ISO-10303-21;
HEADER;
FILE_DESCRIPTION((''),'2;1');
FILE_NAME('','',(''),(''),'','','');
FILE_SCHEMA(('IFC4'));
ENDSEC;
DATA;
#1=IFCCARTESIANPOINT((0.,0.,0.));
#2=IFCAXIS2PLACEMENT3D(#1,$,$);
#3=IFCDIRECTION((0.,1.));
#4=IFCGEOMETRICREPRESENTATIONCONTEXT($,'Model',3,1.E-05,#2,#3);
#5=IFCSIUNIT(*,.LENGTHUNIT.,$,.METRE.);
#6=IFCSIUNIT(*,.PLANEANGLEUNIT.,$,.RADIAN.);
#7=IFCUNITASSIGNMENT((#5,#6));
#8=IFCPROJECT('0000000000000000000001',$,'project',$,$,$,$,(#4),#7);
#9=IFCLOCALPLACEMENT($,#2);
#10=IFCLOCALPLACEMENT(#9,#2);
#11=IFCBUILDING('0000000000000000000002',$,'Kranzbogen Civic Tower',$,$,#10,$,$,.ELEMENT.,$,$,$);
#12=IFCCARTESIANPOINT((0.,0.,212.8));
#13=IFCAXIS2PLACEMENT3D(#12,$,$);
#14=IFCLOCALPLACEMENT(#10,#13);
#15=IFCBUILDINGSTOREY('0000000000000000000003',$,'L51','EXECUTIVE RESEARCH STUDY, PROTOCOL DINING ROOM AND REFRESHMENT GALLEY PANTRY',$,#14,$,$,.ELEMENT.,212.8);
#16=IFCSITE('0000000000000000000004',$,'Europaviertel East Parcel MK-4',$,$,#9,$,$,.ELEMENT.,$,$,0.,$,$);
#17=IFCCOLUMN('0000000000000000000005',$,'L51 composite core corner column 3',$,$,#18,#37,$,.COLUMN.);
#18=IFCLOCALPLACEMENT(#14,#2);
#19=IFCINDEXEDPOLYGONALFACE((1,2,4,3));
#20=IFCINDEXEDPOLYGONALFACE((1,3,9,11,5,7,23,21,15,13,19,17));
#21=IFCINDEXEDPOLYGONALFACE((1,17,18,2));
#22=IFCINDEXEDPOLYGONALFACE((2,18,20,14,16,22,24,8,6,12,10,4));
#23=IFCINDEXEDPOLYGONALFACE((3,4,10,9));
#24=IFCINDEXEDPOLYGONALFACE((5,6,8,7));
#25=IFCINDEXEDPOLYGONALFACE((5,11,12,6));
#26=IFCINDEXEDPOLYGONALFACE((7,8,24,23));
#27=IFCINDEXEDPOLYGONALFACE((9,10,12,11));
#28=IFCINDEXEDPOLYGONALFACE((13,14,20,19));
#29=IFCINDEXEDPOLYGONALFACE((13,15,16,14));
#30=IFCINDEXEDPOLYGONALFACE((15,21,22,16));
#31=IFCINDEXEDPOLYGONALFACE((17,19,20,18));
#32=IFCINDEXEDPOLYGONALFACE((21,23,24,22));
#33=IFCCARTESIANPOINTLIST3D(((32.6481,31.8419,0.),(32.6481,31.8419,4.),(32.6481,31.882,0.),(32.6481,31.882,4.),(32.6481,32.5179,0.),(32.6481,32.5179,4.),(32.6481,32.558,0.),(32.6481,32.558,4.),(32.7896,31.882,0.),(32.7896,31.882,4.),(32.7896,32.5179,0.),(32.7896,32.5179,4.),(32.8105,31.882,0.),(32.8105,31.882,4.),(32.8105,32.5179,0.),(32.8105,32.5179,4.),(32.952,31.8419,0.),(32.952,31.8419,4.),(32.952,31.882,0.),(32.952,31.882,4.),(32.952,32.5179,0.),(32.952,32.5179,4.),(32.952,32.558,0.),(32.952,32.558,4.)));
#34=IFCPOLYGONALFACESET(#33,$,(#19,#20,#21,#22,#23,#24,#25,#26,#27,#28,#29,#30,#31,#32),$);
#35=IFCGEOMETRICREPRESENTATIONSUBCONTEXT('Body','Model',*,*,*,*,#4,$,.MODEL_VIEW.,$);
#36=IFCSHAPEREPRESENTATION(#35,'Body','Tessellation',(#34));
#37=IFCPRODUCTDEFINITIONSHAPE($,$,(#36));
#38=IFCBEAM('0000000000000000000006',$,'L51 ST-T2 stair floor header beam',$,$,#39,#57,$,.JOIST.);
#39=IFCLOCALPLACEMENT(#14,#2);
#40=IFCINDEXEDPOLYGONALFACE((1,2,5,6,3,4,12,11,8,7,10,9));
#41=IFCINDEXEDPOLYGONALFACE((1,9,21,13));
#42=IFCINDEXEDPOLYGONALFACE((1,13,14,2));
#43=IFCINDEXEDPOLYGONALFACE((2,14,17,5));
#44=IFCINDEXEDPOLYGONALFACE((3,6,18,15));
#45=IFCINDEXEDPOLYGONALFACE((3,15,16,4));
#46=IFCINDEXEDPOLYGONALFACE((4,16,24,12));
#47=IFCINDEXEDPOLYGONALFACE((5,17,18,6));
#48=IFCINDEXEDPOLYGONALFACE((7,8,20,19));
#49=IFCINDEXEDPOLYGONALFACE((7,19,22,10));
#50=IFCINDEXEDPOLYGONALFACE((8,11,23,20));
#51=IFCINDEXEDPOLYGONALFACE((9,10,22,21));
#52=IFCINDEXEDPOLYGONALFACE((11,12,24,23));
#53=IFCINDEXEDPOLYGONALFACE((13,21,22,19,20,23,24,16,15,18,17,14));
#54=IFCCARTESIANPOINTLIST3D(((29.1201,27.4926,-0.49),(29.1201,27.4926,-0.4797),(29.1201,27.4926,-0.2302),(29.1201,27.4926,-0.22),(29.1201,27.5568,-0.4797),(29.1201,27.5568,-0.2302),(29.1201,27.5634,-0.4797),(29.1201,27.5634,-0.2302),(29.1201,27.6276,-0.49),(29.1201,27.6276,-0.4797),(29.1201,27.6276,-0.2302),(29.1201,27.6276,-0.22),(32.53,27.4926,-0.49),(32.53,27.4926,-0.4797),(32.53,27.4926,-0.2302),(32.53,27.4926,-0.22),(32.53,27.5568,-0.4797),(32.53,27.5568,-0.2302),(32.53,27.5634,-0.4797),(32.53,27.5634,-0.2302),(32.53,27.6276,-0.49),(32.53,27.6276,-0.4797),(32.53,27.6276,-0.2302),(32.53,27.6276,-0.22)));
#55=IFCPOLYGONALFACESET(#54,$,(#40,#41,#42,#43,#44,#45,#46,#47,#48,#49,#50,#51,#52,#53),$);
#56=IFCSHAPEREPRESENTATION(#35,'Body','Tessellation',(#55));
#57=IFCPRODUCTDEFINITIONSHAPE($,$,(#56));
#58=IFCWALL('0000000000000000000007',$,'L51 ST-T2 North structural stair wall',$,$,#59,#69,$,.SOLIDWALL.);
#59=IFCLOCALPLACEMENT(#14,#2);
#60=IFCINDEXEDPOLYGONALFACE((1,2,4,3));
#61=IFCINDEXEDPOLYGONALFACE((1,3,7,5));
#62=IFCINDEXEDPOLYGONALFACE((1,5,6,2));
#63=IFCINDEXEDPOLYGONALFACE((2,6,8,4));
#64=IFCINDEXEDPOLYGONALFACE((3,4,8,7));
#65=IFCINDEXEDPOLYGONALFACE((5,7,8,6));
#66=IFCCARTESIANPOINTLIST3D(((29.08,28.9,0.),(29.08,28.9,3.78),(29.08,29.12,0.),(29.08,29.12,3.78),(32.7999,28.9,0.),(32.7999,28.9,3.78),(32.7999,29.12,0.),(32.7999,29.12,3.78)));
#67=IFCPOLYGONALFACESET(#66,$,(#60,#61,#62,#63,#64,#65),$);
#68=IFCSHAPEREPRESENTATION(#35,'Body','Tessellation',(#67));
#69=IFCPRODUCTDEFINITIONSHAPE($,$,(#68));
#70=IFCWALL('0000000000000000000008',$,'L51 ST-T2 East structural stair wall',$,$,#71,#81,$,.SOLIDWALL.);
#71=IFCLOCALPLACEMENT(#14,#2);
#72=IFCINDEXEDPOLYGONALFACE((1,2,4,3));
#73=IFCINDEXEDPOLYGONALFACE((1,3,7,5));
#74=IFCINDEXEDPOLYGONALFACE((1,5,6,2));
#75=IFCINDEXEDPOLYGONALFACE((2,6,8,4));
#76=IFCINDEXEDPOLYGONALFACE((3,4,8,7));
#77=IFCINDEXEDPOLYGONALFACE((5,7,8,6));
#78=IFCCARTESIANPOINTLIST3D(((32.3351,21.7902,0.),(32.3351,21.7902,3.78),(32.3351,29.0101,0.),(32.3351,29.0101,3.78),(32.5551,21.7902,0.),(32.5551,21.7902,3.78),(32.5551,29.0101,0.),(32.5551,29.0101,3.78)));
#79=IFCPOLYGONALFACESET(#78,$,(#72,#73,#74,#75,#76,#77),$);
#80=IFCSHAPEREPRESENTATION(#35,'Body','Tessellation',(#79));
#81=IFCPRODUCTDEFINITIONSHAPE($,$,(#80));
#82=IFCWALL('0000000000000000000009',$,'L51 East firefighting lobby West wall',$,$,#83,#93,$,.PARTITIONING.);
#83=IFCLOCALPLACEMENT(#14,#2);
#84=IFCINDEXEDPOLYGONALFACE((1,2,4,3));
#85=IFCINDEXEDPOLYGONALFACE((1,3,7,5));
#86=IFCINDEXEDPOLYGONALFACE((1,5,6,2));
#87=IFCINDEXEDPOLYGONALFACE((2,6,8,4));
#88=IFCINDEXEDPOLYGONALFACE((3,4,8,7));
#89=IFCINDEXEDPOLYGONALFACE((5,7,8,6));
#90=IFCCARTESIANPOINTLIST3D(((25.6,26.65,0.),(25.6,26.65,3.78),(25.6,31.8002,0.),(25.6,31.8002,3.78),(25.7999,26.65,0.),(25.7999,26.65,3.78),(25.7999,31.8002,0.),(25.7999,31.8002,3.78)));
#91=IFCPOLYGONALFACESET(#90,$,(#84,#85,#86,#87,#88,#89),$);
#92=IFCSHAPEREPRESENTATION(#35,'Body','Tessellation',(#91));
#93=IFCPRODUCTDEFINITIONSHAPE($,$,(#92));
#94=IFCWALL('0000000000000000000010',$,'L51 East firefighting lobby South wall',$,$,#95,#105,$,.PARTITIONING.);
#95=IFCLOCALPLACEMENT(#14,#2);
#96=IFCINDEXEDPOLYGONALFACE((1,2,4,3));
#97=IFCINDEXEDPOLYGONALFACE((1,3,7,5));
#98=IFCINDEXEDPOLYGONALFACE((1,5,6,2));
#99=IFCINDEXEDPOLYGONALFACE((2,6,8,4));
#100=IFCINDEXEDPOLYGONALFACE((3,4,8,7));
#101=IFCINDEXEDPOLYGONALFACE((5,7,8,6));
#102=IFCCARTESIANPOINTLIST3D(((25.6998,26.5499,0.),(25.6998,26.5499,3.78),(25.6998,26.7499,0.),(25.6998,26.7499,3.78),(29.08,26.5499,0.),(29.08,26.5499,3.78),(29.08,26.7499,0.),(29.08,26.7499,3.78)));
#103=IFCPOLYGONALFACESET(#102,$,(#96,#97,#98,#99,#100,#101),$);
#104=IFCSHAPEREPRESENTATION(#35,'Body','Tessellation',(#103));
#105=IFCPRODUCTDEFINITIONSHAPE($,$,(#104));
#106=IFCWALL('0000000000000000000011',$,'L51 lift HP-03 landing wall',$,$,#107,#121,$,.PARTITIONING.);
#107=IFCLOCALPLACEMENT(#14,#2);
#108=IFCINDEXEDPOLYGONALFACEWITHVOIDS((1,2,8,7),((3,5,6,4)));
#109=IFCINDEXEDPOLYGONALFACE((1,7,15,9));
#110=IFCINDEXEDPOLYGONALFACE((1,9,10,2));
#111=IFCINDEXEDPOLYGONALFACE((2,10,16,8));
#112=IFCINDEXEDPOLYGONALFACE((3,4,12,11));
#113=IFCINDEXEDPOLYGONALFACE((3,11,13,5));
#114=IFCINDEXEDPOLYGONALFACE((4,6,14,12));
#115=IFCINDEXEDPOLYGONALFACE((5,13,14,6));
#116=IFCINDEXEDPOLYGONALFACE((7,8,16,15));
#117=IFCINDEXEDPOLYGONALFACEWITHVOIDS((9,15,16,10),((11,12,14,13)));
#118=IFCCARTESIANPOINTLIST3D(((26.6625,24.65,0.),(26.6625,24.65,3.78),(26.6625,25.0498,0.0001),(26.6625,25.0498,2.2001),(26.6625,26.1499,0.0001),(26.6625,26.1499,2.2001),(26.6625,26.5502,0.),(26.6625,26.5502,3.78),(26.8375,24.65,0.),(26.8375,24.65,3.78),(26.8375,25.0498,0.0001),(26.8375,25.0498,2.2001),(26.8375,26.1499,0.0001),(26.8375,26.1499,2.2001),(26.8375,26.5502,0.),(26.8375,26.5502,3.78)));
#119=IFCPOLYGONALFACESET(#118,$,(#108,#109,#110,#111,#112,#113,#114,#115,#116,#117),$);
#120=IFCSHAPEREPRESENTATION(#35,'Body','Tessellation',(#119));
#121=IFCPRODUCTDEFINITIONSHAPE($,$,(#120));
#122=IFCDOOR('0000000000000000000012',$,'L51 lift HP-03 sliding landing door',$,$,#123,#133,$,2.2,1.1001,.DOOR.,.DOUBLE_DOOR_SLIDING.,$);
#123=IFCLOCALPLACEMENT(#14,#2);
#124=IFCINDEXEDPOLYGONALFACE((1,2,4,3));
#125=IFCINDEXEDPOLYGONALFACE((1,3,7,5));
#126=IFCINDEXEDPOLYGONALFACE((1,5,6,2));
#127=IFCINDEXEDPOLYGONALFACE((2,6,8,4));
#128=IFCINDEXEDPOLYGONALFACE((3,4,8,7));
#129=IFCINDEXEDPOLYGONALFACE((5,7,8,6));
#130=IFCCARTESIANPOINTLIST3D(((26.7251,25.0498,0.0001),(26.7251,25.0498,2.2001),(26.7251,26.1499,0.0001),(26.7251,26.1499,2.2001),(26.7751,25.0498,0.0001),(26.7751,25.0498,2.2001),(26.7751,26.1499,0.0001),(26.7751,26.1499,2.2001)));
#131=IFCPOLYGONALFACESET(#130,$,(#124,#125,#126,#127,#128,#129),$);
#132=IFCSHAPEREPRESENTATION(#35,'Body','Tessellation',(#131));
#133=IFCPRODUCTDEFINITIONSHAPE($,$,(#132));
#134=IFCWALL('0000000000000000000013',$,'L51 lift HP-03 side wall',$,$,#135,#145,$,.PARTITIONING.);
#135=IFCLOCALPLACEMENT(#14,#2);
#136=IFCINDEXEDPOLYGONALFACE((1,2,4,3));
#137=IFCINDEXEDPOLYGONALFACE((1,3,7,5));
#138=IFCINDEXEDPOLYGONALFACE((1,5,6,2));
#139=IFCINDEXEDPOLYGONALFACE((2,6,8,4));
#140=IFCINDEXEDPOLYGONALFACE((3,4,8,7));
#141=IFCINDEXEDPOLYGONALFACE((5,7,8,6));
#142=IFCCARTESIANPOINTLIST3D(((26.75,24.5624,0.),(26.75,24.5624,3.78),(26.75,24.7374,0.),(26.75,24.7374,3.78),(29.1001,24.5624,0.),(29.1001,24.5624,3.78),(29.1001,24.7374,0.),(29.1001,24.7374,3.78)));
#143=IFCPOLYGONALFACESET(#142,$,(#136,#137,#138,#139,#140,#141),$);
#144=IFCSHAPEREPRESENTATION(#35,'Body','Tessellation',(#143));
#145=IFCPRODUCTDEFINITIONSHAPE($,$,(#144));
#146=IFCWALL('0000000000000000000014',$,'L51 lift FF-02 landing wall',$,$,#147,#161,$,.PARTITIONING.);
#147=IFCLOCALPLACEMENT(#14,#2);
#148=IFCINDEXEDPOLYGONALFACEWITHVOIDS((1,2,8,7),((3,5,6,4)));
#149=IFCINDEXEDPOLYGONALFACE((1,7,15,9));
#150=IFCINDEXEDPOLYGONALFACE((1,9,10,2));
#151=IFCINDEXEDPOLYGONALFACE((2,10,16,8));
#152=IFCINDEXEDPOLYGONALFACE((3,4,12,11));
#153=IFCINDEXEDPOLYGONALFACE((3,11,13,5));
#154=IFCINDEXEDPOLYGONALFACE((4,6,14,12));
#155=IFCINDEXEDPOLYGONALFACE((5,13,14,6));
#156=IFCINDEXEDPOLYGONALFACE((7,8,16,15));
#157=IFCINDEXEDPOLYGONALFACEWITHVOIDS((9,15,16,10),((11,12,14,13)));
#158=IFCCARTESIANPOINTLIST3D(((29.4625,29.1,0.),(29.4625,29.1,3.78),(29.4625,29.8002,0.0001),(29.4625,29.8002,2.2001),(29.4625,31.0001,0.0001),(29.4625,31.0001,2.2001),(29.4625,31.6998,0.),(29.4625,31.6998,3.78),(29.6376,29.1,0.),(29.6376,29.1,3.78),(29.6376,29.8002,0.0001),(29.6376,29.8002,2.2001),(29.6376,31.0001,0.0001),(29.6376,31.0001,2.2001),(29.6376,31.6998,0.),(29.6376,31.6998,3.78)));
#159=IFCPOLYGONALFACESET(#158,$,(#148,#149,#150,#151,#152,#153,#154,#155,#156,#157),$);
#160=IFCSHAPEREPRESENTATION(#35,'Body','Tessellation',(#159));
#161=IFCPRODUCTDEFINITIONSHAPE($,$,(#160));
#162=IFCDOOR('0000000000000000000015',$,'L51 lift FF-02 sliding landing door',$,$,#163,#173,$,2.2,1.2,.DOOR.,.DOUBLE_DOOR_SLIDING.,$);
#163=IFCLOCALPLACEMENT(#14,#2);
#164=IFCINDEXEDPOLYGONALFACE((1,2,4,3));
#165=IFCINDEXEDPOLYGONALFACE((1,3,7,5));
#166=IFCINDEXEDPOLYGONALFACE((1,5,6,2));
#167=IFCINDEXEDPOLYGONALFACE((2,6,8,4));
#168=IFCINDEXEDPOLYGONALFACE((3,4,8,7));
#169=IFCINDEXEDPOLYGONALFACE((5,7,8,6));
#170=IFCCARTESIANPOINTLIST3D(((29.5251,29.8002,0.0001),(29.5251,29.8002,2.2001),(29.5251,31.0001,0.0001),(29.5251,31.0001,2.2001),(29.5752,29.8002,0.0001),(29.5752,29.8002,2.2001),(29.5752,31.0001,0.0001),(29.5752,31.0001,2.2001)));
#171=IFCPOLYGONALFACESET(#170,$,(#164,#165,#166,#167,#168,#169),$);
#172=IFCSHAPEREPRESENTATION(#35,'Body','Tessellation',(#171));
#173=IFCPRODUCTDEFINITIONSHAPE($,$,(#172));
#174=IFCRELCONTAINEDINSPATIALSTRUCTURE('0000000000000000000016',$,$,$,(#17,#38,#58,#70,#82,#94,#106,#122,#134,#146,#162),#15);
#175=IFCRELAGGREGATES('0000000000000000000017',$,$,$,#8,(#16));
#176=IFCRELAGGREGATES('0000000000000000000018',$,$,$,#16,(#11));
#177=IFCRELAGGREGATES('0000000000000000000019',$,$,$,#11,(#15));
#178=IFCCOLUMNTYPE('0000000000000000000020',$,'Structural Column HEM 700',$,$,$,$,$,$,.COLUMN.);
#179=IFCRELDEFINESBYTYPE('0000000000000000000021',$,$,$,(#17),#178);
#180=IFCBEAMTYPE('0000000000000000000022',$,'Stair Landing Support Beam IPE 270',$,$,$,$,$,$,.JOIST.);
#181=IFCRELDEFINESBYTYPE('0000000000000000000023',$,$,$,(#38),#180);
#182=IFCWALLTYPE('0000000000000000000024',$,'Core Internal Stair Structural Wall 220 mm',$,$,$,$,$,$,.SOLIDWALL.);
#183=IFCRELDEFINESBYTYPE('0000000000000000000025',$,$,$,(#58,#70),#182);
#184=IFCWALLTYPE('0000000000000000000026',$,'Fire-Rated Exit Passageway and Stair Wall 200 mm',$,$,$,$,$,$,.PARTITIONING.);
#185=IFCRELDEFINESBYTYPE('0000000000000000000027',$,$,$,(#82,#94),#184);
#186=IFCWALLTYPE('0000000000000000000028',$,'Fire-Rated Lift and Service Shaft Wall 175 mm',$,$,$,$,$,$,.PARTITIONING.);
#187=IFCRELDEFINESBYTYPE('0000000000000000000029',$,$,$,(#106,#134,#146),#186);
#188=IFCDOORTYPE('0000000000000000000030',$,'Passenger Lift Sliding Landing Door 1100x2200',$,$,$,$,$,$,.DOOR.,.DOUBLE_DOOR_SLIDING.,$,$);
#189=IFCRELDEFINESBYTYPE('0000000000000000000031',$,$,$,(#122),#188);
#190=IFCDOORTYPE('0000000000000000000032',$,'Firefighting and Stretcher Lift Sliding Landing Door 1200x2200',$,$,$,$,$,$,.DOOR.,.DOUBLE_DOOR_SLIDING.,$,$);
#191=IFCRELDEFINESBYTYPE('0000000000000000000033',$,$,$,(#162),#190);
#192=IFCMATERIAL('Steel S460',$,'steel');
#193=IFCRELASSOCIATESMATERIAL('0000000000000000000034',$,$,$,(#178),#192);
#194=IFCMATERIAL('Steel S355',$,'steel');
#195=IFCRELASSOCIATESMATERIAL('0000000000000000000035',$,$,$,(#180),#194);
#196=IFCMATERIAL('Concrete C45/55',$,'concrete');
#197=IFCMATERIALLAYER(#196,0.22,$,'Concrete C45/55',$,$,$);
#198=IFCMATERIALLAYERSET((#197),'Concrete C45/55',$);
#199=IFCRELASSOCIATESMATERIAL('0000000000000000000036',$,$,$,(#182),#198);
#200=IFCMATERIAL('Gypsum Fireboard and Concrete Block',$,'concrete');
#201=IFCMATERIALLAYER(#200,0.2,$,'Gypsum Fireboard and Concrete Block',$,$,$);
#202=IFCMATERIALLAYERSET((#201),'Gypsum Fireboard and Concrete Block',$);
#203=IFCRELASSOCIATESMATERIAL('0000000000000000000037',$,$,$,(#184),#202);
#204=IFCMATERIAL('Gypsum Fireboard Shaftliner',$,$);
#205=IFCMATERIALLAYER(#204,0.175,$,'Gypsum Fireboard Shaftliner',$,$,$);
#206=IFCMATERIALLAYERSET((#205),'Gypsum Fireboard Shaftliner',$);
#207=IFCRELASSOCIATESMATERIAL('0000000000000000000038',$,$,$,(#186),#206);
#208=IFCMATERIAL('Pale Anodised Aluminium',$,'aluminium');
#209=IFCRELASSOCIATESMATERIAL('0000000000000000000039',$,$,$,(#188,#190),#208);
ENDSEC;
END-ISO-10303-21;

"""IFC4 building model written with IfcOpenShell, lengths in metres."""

from ifc_helpers import new_model, si_unit, direction, frame, frame_2d, origin, origin_2d, place, context, subcontext, project, spatial, rectangle, i_section, extrude, material, layer, layer_set, material_profile, profile_set, type_object, element, fill, save


model = new_model("IFC4")

# Units and contexts
model_context = context("Model", 3, precision=1e-05, world=origin(), true_north=direction((0.0, 1.0)))
body_context = subcontext(model_context, "Body", "Model", "MODEL_VIEW")
ifc_project = project(units=[si_unit("LENGTHUNIT", "METRE"), si_unit("PLANEANGLEUNIT", "RADIAN")], contexts=[model_context])

# Site, building, storey
site_placement = place(None, origin())
site = spatial("IfcSite", under=ifc_project, at=site_placement, Name="Europaviertel East Parcel MK-4", CompositionType="ELEMENT", RefElevation=0.0)
building_placement = place(site_placement, origin())
building = spatial("IfcBuilding", under=site, at=building_placement, Name="Kranzbogen Civic Tower", CompositionType="ELEMENT")
storey_placement = place(building_placement, frame((0.0, 0.0, 212.8)))
storey = spatial("IfcBuildingStorey", under=building, at=storey_placement, Name="L51", Description="EXECUTIVE RESEARCH STUDY, PROTOCOL DINING ROOM AND REFRESHMENT GALLEY PANTRY", CompositionType="ELEMENT", Elevation=212.8)

# Column
ifc_material_1 = material(Name="Steel S460", Category="steel")
ifc_material_profile_1 = material_profile(ifc_material_1, i_section(OverallWidth=0.304, OverallDepth=0.7161, WebThickness=0.021, FlangeThickness=0.04, at=origin_2d()), Name="HEM 700")
ifc_profile_set_1 = profile_set([ifc_material_profile_1], Name="Steel S460")
column_type = type_object("IfcColumnType", Name="Structural Column HEM 700", PredefinedType="COLUMN", material=ifc_profile_set_1)
column_placement = place(storey_placement, frame((32.8, 32.2, 0.0), z_axis=(0.0, 0.0, 1.0), x_axis=(1.0, 0.0, 0.0)))
element("IfcColumn", 1, at=column_placement, inside=storey, type_object=column_type, Name="L51 composite core corner column 3", PredefinedType="COLUMN", context=body_context, shape_type="SweptSolid", body=[
    extrude(i_section(OverallWidth=0.304, OverallDepth=0.7161, WebThickness=0.021, FlangeThickness=0.04, at=origin_2d()), origin(), (0.0, 0.0, 1.0), 4.0),
])

# Beam
ifc_material_2 = material(Name="Steel S355", Category="steel")
ifc_material_profile_2 = material_profile(ifc_material_2, i_section(OverallWidth=0.135, OverallDepth=0.27, WebThickness=0.0066, FlangeThickness=0.0103, at=origin_2d()), Name="IPE 270")
ifc_profile_set_2 = profile_set([ifc_material_profile_2], Name="Steel S355")
beam_type = type_object("IfcBeamType", Name="Stair Landing Support Beam IPE 270", PredefinedType="JOIST", material=ifc_profile_set_2)
beam_placement = place(storey_placement, frame((29.1201, 27.5601, -0.355), z_axis=(1.0, 0.0, 0.0), x_axis=(0.0, 1.0, 0.0)))
element("IfcBeam", 2, at=beam_placement, inside=storey, type_object=beam_type, Name="L51 ST-T2 stair floor header beam", PredefinedType="JOIST", context=body_context, shape_type="SweptSolid", body=[
    extrude(i_section(OverallWidth=0.135, OverallDepth=0.27, WebThickness=0.0066, FlangeThickness=0.0103, at=origin_2d()), origin(), (0.0, 0.0, 1.0), 3.4099),
])

# Walls
ifc_material_3 = material(Name="Concrete C45/55", Category="concrete")
ifc_layer_1 = layer(ifc_material_3, 0.22, Name="Concrete C45/55")
ifc_layer_set_1 = layer_set([ifc_layer_1], Name="Concrete C45/55")
wall_type_1 = type_object("IfcWallType", Name="Core Internal Stair Structural Wall 220 mm", PredefinedType="SOLIDWALL", material=ifc_layer_set_1)
wall_1_placement = place(storey_placement, frame((29.0801, 29.01, 0.0), z_axis=(0.0, 0.0, 1.0), x_axis=(1.0, 0.0, 0.0)))
element("IfcWall", 3, at=wall_1_placement, inside=storey, type_object=wall_type_1, Name="L51 ST-T2 North structural stair wall", PredefinedType="SOLIDWALL", context=body_context, shape_type="SweptSolid", body=[
    extrude(rectangle(XDim=3.72, YDim=0.22, at=frame_2d((1.8599, 0.0))), origin(), (0.0, 0.0, 1.0), 3.78),
])
wall_2_placement = place(storey_placement, frame((32.4451, 29.01, 0.0), z_axis=(0.0, 0.0, 1.0), x_axis=(0.0, -1.0, 0.0)))
element("IfcWall", 4, at=wall_2_placement, inside=storey, type_object=wall_type_1, Name="L51 ST-T2 East structural stair wall", PredefinedType="SOLIDWALL", context=body_context, shape_type="SweptSolid", body=[
    extrude(rectangle(XDim=7.22, YDim=0.22, at=frame_2d((3.6099, 0.0))), origin(), (0.0, 0.0, 1.0), 3.78),
])
ifc_material_4 = material(Name="Gypsum Fireboard and Concrete Block", Category="concrete")
ifc_layer_2 = layer(ifc_material_4, 0.2, Name="Gypsum Fireboard and Concrete Block")
ifc_layer_set_2 = layer_set([ifc_layer_2], Name="Gypsum Fireboard and Concrete Block")
wall_type_2 = type_object("IfcWallType", Name="Fire-Rated Exit Passageway and Stair Wall 200 mm", PredefinedType="PARTITIONING", material=ifc_layer_set_2)
wall_3_placement = place(storey_placement, frame((25.7, 26.6499, 0.0), z_axis=(0.0, 0.0, 1.0), x_axis=(0.0, 1.0, 0.0)))
element("IfcWall", 5, at=wall_3_placement, inside=storey, type_object=wall_type_2, Name="L51 East firefighting lobby West wall", PredefinedType="PARTITIONING", context=body_context, shape_type="SweptSolid", body=[
    extrude(rectangle(XDim=5.1501, YDim=0.2, at=frame_2d((2.5752, 0.0))), origin(), (0.0, 0.0, 1.0), 3.78),
])
wall_4_placement = place(storey_placement, frame((25.7, 26.6499, 0.0), z_axis=(0.0, 0.0, 1.0), x_axis=(1.0, 0.0, 0.0)))
element("IfcWall", 6, at=wall_4_placement, inside=storey, type_object=wall_type_2, Name="L51 East firefighting lobby South wall", PredefinedType="PARTITIONING", context=body_context, shape_type="SweptSolid", body=[
    extrude(rectangle(XDim=3.3801, YDim=0.2, at=frame_2d((1.6899, 0.0))), origin(), (0.0, 0.0, 1.0), 3.78),
])

# Wall, opening, door
ifc_material_5 = material(Name="Gypsum Fireboard Shaftliner")
ifc_layer_3 = layer(ifc_material_5, 0.175, Name="Gypsum Fireboard Shaftliner")
ifc_layer_set_3 = layer_set([ifc_layer_3], Name="Gypsum Fireboard Shaftliner")
wall_type_3 = type_object("IfcWallType", Name="Fire-Rated Lift and Service Shaft Wall 175 mm", PredefinedType="PARTITIONING", material=ifc_layer_set_3)
wall_5_placement = place(storey_placement, frame((26.75, 24.6499, 0.0), z_axis=(0.0, 0.0, 1.0), x_axis=(0.0, 1.0, 0.0)))
wall_5 = element("IfcWall", 7, at=wall_5_placement, inside=storey, type_object=wall_type_3, Name="L51 lift HP-03 landing wall", PredefinedType="PARTITIONING", context=body_context, shape_type="SweptSolid", body=[
    extrude(rectangle(XDim=1.9001, YDim=0.175, at=frame_2d((0.9502, 0.0))), origin(), (0.0, 0.0, 1.0), 3.78),
])
opening_1_placement = place(wall_5_placement, frame((0.3999, 0.0, 0.0)))
opening_1 = element("IfcOpeningElement", 8, at=opening_1_placement, cuts=wall_5, PredefinedType="OPENING", context=body_context, shape_type="SweptSolid", body=[
    extrude(rectangle(XDim=1.1001, YDim=2.2, at=frame_2d((0.55, 1.1001))), frame((0.0, 0.0977, 0.0), z_axis=(0.0, -1.0, 0.0), x_axis=(1.0, 0.0, 0.0)), (0.0, 0.0, 1.0), 0.1951),
])
ifc_material_6 = material(Name="Pale Anodised Aluminium", Category="aluminium")
door_type_1 = type_object("IfcDoorType", Name="Passenger Lift Sliding Landing Door 1100x2200", OperationType="DOUBLE_DOOR_SLIDING", PredefinedType="DOOR", material=ifc_material_6)
door_1_placement = place(opening_1_placement, origin())
door_1 = element("IfcDoor", 9, at=door_1_placement, inside=storey, type_object=door_type_1, Name="L51 lift HP-03 sliding landing door", OperationType="DOUBLE_DOOR_SLIDING", OverallHeight=2.2, OverallWidth=1.1001, PredefinedType="DOOR", context=body_context, shape_type="SweptSolid", body=[
    extrude(rectangle(XDim=1.1001, YDim=2.2, at=frame_2d((0.55, 1.1001))), frame((0.0, 0.0249, 0.0), z_axis=(0.0, -1.0, 0.0), x_axis=(1.0, 0.0, 0.0)), (0.0, 0.0, 1.0), 0.05),
])
fill(opening_1, door_1)

# Wall
wall_6_placement = place(storey_placement, frame((26.75, 24.6499, 0.0), z_axis=(0.0, 0.0, 1.0), x_axis=(1.0, 0.0, 0.0)))
element("IfcWall", 10, at=wall_6_placement, inside=storey, type_object=wall_type_3, Name="L51 lift HP-03 side wall", PredefinedType="PARTITIONING", context=body_context, shape_type="SweptSolid", body=[
    extrude(rectangle(XDim=2.3501, YDim=0.175, at=frame_2d((1.175, 0.0))), origin(), (0.0, 0.0, 1.0), 3.78),
])

# Wall, opening, door
wall_7_placement = place(storey_placement, frame((29.55, 29.1001, 0.0), z_axis=(0.0, 0.0, 1.0), x_axis=(0.0, 1.0, 0.0)))
wall_7 = element("IfcWall", 11, at=wall_7_placement, inside=storey, type_object=wall_type_3, Name="L51 lift FF-02 landing wall", PredefinedType="PARTITIONING", context=body_context, shape_type="SweptSolid", body=[
    extrude(rectangle(XDim=2.5999, YDim=0.175, at=frame_2d((1.2998, 0.0))), origin(), (0.0, 0.0, 1.0), 3.78),
])
opening_2_placement = place(wall_7_placement, frame((0.7, 0.0, 0.0)))
opening_2 = element("IfcOpeningElement", 12, at=opening_2_placement, cuts=wall_7, PredefinedType="OPENING", context=body_context, shape_type="SweptSolid", body=[
    extrude(rectangle(XDim=1.2, YDim=2.2, at=frame_2d((0.6001, 1.1001))), frame((0.0, 0.0977, 0.0), z_axis=(0.0, -1.0, 0.0), x_axis=(1.0, 0.0, 0.0)), (0.0, 0.0, 1.0), 0.1951),
])
door_type_2 = type_object("IfcDoorType", Name="Firefighting and Stretcher Lift Sliding Landing Door 1200x2200", OperationType="DOUBLE_DOOR_SLIDING", PredefinedType="DOOR", material=ifc_material_6)
door_2_placement = place(opening_2_placement, origin())
door_2 = element("IfcDoor", 13, at=door_2_placement, inside=storey, type_object=door_type_2, Name="L51 lift FF-02 sliding landing door", OperationType="DOUBLE_DOOR_SLIDING", OverallHeight=2.2, OverallWidth=1.2, PredefinedType="DOOR", context=body_context, shape_type="SweptSolid", body=[
    extrude(rectangle(XDim=1.2, YDim=2.2, at=frame_2d((0.6001, 1.1001))), frame((0.0, 0.0249, 0.0), z_axis=(0.0, -1.0, 0.0), x_axis=(1.0, 0.0, 0.0)), (0.0, 0.0, 1.0), 0.05),
])
fill(opening_2, door_2)

save(model, "model.ifc")
